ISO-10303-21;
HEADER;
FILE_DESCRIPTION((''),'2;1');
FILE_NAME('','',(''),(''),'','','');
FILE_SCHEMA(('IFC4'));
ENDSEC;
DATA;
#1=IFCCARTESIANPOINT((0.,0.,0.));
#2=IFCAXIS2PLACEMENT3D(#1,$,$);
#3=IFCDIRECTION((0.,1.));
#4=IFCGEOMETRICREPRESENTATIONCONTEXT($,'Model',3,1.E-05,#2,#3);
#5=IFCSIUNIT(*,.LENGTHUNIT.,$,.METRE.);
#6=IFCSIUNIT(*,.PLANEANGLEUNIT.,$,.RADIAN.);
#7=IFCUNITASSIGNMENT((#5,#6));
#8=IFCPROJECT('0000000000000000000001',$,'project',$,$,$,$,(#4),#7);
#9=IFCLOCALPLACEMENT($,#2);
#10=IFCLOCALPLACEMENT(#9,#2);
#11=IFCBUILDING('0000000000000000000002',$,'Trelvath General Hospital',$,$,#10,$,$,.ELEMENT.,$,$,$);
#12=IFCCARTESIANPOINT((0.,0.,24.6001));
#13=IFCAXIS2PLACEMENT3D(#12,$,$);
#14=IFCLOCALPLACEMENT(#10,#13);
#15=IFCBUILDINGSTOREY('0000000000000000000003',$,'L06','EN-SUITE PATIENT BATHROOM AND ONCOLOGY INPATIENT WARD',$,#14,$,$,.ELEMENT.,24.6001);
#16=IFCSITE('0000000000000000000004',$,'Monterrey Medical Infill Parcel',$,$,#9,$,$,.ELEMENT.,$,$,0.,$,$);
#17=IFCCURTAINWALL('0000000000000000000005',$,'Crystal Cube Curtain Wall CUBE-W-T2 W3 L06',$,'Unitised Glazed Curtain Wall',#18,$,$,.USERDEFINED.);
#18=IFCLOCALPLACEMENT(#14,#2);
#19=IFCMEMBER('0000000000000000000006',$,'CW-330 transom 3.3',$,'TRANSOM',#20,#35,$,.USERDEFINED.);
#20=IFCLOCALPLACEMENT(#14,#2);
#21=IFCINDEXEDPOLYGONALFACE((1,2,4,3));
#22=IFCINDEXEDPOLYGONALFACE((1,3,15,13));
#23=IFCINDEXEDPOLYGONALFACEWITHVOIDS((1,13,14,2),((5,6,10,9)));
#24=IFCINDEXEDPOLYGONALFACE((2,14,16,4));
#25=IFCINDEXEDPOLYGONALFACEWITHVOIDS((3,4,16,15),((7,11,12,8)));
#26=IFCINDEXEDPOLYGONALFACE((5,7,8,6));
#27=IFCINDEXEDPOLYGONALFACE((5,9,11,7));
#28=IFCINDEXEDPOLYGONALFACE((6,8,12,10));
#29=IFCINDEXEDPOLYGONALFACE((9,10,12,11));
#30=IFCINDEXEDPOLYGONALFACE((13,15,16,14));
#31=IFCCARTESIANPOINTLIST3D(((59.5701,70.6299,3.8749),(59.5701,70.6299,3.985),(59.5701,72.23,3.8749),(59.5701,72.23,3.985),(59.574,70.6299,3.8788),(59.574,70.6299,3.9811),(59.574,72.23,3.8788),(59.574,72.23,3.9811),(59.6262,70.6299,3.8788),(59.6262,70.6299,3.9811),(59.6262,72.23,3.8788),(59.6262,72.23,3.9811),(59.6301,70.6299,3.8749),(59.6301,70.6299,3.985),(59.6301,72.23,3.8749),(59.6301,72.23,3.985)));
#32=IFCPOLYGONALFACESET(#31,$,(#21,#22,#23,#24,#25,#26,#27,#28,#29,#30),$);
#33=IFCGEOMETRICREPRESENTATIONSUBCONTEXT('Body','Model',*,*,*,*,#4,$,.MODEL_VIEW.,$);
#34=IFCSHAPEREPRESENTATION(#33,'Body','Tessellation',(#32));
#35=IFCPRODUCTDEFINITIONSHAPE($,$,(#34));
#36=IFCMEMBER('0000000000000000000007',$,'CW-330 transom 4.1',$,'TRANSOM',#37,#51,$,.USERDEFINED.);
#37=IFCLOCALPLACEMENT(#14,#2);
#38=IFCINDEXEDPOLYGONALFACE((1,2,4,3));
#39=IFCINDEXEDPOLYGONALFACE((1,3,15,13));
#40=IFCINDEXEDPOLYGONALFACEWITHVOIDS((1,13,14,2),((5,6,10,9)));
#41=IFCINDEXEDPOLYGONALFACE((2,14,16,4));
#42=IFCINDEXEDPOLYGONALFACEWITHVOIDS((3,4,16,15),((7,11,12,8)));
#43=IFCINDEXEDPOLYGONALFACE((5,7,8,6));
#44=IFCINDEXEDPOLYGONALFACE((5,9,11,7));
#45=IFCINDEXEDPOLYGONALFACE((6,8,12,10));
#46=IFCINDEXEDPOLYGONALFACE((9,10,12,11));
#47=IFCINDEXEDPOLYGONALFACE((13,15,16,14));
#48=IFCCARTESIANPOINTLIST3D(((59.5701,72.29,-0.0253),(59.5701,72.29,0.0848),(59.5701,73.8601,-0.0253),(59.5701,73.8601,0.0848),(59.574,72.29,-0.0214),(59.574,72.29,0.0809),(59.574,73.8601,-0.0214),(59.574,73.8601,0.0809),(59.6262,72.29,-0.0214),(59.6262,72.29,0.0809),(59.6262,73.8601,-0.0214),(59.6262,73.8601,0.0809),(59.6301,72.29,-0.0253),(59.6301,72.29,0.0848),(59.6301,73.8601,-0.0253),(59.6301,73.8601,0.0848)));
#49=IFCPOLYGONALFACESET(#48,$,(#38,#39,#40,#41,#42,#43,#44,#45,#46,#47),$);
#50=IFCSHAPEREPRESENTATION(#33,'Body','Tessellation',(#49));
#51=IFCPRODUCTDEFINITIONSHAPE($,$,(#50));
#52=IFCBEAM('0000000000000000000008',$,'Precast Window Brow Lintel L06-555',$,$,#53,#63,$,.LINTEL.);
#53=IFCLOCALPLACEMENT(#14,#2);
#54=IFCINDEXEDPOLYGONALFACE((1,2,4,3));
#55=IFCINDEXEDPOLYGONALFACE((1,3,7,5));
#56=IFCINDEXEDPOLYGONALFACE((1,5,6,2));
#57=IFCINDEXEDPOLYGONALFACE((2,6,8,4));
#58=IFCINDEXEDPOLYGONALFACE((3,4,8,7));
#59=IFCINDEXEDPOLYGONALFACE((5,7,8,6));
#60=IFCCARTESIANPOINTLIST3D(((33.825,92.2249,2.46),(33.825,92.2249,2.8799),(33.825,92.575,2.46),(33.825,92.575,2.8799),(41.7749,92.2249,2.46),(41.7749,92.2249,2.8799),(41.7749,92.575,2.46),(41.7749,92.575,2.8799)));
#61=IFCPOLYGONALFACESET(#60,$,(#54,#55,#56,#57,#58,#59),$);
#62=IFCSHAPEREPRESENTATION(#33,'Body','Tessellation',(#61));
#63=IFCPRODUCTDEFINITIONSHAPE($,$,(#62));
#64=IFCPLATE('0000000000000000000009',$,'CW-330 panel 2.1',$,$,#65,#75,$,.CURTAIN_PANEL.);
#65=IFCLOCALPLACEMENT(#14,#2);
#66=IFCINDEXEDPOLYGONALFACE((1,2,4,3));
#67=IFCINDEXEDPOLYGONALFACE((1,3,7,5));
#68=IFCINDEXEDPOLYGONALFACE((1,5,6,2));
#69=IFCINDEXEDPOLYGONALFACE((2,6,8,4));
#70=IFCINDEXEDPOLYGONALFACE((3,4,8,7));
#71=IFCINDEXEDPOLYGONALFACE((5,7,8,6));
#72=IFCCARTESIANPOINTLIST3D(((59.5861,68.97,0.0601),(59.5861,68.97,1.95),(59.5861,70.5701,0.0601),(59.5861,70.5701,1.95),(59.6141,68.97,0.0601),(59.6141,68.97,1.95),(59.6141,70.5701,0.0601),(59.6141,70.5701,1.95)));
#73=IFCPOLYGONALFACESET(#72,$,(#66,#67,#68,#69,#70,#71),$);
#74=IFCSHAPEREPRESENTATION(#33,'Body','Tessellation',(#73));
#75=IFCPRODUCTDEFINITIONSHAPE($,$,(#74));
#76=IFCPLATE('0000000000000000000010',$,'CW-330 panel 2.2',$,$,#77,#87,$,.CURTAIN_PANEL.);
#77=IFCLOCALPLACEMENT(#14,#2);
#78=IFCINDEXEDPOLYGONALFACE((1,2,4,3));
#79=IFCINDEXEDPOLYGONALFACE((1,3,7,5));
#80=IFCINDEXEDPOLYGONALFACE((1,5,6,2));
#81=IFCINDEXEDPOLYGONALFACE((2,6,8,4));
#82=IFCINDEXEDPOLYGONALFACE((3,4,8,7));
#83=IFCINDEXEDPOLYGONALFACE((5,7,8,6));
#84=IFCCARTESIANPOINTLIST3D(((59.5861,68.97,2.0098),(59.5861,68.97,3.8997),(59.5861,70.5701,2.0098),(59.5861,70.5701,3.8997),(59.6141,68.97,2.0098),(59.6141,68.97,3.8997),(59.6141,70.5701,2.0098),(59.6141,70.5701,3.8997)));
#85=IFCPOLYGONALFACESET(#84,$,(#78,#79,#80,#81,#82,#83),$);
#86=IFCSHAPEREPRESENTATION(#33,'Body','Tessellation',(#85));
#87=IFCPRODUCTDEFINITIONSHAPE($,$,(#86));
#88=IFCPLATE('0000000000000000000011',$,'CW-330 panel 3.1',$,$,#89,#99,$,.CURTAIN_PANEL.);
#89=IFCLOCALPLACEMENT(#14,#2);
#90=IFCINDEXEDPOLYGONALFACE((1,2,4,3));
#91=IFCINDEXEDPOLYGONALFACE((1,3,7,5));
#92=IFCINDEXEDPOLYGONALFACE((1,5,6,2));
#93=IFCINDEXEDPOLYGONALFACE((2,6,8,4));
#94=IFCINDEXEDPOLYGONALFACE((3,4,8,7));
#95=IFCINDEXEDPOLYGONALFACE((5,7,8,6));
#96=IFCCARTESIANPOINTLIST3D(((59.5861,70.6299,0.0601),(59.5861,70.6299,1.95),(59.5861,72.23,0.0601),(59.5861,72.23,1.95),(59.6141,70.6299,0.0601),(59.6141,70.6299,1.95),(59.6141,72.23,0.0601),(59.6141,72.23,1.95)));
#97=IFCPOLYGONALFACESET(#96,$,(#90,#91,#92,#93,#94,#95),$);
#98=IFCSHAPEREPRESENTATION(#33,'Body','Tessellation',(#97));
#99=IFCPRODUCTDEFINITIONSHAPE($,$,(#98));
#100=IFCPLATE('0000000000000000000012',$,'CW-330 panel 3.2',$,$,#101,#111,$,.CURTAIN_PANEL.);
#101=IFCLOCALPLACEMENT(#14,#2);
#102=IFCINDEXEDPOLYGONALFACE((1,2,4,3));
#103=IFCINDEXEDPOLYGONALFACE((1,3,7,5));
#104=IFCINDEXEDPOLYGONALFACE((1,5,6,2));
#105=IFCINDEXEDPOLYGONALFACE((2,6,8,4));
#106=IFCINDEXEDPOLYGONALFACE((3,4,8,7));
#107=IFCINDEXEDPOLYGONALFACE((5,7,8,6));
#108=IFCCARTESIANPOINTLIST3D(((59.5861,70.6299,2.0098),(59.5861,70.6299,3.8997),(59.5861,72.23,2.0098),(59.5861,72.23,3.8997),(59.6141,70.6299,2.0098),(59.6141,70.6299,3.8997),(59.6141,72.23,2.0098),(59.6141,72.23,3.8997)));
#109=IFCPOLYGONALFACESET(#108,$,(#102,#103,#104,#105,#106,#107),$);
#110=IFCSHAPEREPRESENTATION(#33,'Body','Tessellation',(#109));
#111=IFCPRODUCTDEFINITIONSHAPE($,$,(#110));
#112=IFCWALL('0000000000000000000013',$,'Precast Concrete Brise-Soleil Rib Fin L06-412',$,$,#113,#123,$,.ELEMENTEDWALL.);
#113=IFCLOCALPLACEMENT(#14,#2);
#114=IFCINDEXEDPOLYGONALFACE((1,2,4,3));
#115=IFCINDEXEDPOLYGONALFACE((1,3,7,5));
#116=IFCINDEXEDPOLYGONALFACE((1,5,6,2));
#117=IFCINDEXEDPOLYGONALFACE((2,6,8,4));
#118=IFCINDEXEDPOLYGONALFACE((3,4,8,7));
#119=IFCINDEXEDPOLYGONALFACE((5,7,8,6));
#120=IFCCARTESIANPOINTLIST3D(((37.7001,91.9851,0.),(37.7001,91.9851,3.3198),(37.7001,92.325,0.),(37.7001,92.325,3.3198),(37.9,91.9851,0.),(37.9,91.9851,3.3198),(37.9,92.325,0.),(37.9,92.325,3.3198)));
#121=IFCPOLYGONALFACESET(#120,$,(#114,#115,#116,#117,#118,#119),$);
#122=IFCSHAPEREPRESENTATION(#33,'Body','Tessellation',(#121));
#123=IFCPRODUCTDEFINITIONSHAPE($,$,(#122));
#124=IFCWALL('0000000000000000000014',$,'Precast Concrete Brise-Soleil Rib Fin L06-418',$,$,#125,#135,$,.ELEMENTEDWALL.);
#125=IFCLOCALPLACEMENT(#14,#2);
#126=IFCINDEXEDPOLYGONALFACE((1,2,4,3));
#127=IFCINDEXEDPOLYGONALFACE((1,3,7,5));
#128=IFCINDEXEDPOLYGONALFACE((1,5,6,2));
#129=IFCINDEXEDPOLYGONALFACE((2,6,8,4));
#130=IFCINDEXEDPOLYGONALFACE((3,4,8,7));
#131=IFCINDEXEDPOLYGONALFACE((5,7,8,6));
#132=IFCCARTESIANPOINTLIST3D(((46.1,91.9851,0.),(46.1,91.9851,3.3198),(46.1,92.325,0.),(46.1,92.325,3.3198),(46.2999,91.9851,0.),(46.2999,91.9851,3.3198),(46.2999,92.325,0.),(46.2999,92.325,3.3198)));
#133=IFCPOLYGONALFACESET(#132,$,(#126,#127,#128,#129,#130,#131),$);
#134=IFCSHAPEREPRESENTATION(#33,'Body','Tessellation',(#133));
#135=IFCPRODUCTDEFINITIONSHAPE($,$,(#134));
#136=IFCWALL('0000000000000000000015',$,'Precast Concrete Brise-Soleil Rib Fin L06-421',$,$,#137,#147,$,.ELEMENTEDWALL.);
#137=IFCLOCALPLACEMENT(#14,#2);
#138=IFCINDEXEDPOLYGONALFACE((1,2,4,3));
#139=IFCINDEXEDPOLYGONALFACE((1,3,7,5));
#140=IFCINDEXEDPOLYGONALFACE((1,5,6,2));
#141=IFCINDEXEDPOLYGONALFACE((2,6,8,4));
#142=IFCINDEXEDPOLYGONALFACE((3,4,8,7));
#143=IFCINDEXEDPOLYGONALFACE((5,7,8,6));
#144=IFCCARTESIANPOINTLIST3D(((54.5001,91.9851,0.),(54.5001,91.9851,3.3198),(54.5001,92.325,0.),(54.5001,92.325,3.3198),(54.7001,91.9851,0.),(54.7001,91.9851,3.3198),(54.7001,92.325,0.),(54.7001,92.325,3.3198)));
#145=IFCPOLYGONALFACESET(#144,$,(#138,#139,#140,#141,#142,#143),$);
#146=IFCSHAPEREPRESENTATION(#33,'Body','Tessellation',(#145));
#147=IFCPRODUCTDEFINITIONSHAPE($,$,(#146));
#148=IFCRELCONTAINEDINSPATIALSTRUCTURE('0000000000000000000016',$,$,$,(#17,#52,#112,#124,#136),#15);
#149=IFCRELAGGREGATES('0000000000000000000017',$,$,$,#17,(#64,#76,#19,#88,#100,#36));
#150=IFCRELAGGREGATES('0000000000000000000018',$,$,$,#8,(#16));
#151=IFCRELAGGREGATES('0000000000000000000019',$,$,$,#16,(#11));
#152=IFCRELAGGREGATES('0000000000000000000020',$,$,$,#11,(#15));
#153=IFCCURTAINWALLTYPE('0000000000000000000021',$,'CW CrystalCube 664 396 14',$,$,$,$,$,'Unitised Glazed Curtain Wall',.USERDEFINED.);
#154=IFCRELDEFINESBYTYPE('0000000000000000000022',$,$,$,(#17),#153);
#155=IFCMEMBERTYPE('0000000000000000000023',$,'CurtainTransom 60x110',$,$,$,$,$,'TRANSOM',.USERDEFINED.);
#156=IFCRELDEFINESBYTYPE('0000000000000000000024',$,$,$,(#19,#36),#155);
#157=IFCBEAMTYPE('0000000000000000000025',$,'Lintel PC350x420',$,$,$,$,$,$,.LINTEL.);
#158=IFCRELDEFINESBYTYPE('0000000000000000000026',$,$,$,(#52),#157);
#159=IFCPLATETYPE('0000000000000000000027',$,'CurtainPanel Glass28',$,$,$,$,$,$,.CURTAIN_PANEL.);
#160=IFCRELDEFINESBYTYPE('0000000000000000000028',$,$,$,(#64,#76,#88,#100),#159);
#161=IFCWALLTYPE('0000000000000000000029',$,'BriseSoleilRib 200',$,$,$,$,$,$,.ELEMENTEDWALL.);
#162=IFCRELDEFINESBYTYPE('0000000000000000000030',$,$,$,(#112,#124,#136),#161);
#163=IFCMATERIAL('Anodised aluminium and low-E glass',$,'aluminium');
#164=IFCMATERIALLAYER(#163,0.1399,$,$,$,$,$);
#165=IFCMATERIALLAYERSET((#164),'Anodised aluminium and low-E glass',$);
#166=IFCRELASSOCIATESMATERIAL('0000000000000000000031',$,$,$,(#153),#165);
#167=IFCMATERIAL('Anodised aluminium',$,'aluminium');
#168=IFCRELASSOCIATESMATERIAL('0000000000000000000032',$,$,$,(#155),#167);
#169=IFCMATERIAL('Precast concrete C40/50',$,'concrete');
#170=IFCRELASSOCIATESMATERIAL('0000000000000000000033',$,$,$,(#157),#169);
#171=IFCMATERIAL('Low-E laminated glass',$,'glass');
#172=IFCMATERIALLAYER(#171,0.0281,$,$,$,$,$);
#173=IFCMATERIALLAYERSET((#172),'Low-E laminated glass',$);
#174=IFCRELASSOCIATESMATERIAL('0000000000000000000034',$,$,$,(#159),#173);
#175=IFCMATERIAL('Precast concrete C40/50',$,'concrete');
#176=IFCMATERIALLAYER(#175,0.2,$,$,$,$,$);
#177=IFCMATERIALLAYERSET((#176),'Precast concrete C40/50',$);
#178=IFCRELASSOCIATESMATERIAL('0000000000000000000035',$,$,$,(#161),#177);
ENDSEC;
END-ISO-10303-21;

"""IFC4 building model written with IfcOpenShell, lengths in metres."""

from ifc_helpers import new_model, si_unit, direction, frame, frame_2d, origin, origin_2d, place, context, subcontext, project, spatial, rectangle, hollow_rectangle, extrude, material, layer, layer_set, material_profile, profile_set, type_object, element, aggregate, save


model = new_model("IFC4")

# Units and contexts
model_context = context("Model", 3, precision=1e-05, world=origin(), true_north=direction((0.0, 1.0)))
body_context = subcontext(model_context, "Body", "Model", "MODEL_VIEW")
ifc_project = project(units=[si_unit("LENGTHUNIT", "METRE"), si_unit("PLANEANGLEUNIT", "RADIAN")], contexts=[model_context])

# Site, building, storey
site_placement = place(None, origin())
site = spatial("IfcSite", under=ifc_project, at=site_placement, Name="Monterrey Medical Infill Parcel", CompositionType="ELEMENT", RefElevation=0.0)
building_placement = place(site_placement, origin())
building = spatial("IfcBuilding", under=site, at=building_placement, Name="Trelvath General Hospital", CompositionType="ELEMENT")
storey_placement = place(building_placement, frame((0.0, 0.0, 24.6001)))
storey = spatial("IfcBuildingStorey", under=building, at=storey_placement, Name="L06", Description="EN-SUITE PATIENT BATHROOM AND ONCOLOGY INPATIENT WARD", CompositionType="ELEMENT", Elevation=24.6001)

# Curtain wall, members
ifc_material_1 = material(Name="Anodised aluminium and low-E glass", Category="aluminium")
ifc_layer_1 = layer(ifc_material_1, 0.1399)
ifc_layer_set_1 = layer_set([ifc_layer_1], Name="Anodised aluminium and low-E glass")
curtain_wall_type = type_object("IfcCurtainWallType", Name="CW CrystalCube 664 396 14", ElementType="Unitised Glazed Curtain Wall", PredefinedType="USERDEFINED", material=ifc_layer_set_1)
curtain_wall_placement = place(storey_placement, origin())
curtain_wall = element("IfcCurtainWall", 1, at=curtain_wall_placement, inside=storey, type_object=curtain_wall_type, Name="Crystal Cube Curtain Wall CUBE-W-T2 W3 L06", ObjectType="Unitised Glazed Curtain Wall", PredefinedType="USERDEFINED")
ifc_material_2 = material(Name="Anodised aluminium", Category="aluminium")
ifc_material_profile_1 = material_profile(ifc_material_2, hollow_rectangle(XDim=0.0601, YDim=0.1101, WallThickness=0.0039, at=origin_2d()), Name="RHS60x110x4")
ifc_profile_set_1 = profile_set([ifc_material_profile_1], Name="Anodised aluminium")
member_type_1 = type_object("IfcMemberType", Name="CurtainTransom 60x110", ElementType="TRANSOM", PredefinedType="USERDEFINED", material=ifc_profile_set_1)
member_1_placement = place(storey_placement, frame((59.6001, 70.6299, 3.9299), z_axis=(0.0, 1.0, 0.0), x_axis=(-1.0, 0.0, 0.0)))
member_1 = element("IfcMember", 2, at=member_1_placement, type_object=member_type_1, Name="CW-330 transom 3.3", ObjectType="TRANSOM", PredefinedType="USERDEFINED", context=body_context, shape_type="SweptSolid", body=[
    extrude(hollow_rectangle(XDim=0.0601, YDim=0.1101, WallThickness=0.0039, at=origin_2d()), origin(), (0.0, 0.0, 1.0), 1.6001),
])
member_2_placement = place(storey_placement, frame((59.6001, 72.29, 0.0298), z_axis=(0.0, 1.0, 0.0), x_axis=(-1.0, 0.0, 0.0)))
member_2 = element("IfcMember", 3, at=member_2_placement, type_object=member_type_1, Name="CW-330 transom 4.1", ObjectType="TRANSOM", PredefinedType="USERDEFINED", context=body_context, shape_type="SweptSolid", body=[
    extrude(hollow_rectangle(XDim=0.0601, YDim=0.1101, WallThickness=0.0039, at=origin_2d()), origin(), (0.0, 0.0, 1.0), 1.5701),
])

# Beam
ifc_material_3 = material(Name="Precast concrete C40/50", Category="concrete")
ifc_material_profile_2 = material_profile(ifc_material_3, rectangle(XDim=0.3501, YDim=0.4199, at=origin_2d()), Name="PCL350x420")
ifc_profile_set_2 = profile_set([ifc_material_profile_2], Name="Precast concrete C40/50")
beam_type_1 = type_object("IfcBeamType", Name="Lintel PC350x420", PredefinedType="LINTEL", material=ifc_profile_set_2)
beam_placement = place(storey_placement, frame((41.7749, 92.3999, 2.6699), z_axis=(-1.0, 0.0, 0.0), x_axis=(0.0, -1.0, 0.0)))
element("IfcBeam", 4, at=beam_placement, inside=storey, type_object=beam_type_1, Name="Precast Window Brow Lintel L06-555", PredefinedType="LINTEL", context=body_context, shape_type="SweptSolid", body=[
    extrude(rectangle(XDim=0.3501, YDim=0.4199, at=origin_2d()), origin(), (0.0, 0.0, 1.0), 7.95),
])

# Plates
ifc_material_4 = material(Name="Low-E laminated glass", Category="glass")
ifc_layer_2 = layer(ifc_material_4, 0.0281)
ifc_layer_set_2 = layer_set([ifc_layer_2], Name="Low-E laminated glass")
plate_type = type_object("IfcPlateType", Name="CurtainPanel Glass28", PredefinedType="CURTAIN_PANEL", material=ifc_layer_set_2)
plate_1_placement = place(storey_placement, frame((59.6001, 69.77, 0.0601), z_axis=(0.0, 0.0, 1.0), x_axis=(0.0, 1.0, 0.0)))
plate_1 = element("IfcPlate", 5, at=plate_1_placement, type_object=plate_type, Name="CW-330 panel 2.1", PredefinedType="CURTAIN_PANEL", context=body_context, shape_type="SweptSolid", body=[
    extrude(rectangle(XDim=1.6001, YDim=0.0281, at=origin_2d()), origin(), (0.0, 0.0, 1.0), 1.8899),
])
plate_2_placement = place(storey_placement, frame((59.6001, 69.77, 2.0098), z_axis=(0.0, 0.0, 1.0), x_axis=(0.0, 1.0, 0.0)))
plate_2 = element("IfcPlate", 6, at=plate_2_placement, type_object=plate_type, Name="CW-330 panel 2.2", PredefinedType="CURTAIN_PANEL", context=body_context, shape_type="SweptSolid", body=[
    extrude(rectangle(XDim=1.6001, YDim=0.0281, at=origin_2d()), origin(), (0.0, 0.0, 1.0), 1.8899),
])
plate_3_placement = place(storey_placement, frame((59.6001, 71.4299, 0.0601), z_axis=(0.0, 0.0, 1.0), x_axis=(0.0, 1.0, 0.0)))
plate_3 = element("IfcPlate", 7, at=plate_3_placement, type_object=plate_type, Name="CW-330 panel 3.1", PredefinedType="CURTAIN_PANEL", context=body_context, shape_type="SweptSolid", body=[
    extrude(rectangle(XDim=1.6001, YDim=0.0281, at=origin_2d()), origin(), (0.0, 0.0, 1.0), 1.8899),
])
plate_4_placement = place(storey_placement, frame((59.6001, 71.4299, 2.0098), z_axis=(0.0, 0.0, 1.0), x_axis=(0.0, 1.0, 0.0)))
plate_4 = element("IfcPlate", 8, at=plate_4_placement, type_object=plate_type, Name="CW-330 panel 3.2", PredefinedType="CURTAIN_PANEL", context=body_context, shape_type="SweptSolid", body=[
    extrude(rectangle(XDim=1.6001, YDim=0.0281, at=origin_2d()), origin(), (0.0, 0.0, 1.0), 1.8899),
])
aggregate(curtain_wall, [plate_1, plate_2, member_1, plate_3, plate_4, member_2])

# Walls
ifc_material_5 = material(Name="Precast concrete C40/50", Category="concrete")
ifc_layer_3 = layer(ifc_material_5, 0.2)
ifc_layer_set_3 = layer_set([ifc_layer_3], Name="Precast concrete C40/50")
wall_type_1 = type_object("IfcWallType", Name="BriseSoleilRib 200", PredefinedType="ELEMENTEDWALL", material=ifc_layer_set_3)
for number, where, z_axis, x_axis, name in (
    (9, (37.8, 92.325, 0.0), (0.0, 0.0, 1.0), (0.0, -1.0, 0.0), "Precast Concrete Brise-Soleil Rib Fin L06-412"),
    (10, (46.2, 92.325, 0.0), (0.0, 0.0, 1.0), (0.0, -1.0, 0.0), "Precast Concrete Brise-Soleil Rib Fin L06-418"),
    (11, (54.6001, 92.325, 0.0), (0.0, 0.0, 1.0), (0.0, -1.0, 0.0), "Precast Concrete Brise-Soleil Rib Fin L06-421"),
):
    element("IfcWall", number, at=place(storey_placement, frame(where, z_axis=z_axis, x_axis=x_axis)), inside=storey, type_object=wall_type_1, Name=name, PredefinedType="ELEMENTEDWALL", context=body_context, shape_type="SweptSolid", body=[
        extrude(rectangle(XDim=0.3398, YDim=0.2, at=frame_2d((0.1699, 0.0))), origin(), (0.0, 0.0, 1.0), 3.3198),
    ])

save(model, "model.ifc")
